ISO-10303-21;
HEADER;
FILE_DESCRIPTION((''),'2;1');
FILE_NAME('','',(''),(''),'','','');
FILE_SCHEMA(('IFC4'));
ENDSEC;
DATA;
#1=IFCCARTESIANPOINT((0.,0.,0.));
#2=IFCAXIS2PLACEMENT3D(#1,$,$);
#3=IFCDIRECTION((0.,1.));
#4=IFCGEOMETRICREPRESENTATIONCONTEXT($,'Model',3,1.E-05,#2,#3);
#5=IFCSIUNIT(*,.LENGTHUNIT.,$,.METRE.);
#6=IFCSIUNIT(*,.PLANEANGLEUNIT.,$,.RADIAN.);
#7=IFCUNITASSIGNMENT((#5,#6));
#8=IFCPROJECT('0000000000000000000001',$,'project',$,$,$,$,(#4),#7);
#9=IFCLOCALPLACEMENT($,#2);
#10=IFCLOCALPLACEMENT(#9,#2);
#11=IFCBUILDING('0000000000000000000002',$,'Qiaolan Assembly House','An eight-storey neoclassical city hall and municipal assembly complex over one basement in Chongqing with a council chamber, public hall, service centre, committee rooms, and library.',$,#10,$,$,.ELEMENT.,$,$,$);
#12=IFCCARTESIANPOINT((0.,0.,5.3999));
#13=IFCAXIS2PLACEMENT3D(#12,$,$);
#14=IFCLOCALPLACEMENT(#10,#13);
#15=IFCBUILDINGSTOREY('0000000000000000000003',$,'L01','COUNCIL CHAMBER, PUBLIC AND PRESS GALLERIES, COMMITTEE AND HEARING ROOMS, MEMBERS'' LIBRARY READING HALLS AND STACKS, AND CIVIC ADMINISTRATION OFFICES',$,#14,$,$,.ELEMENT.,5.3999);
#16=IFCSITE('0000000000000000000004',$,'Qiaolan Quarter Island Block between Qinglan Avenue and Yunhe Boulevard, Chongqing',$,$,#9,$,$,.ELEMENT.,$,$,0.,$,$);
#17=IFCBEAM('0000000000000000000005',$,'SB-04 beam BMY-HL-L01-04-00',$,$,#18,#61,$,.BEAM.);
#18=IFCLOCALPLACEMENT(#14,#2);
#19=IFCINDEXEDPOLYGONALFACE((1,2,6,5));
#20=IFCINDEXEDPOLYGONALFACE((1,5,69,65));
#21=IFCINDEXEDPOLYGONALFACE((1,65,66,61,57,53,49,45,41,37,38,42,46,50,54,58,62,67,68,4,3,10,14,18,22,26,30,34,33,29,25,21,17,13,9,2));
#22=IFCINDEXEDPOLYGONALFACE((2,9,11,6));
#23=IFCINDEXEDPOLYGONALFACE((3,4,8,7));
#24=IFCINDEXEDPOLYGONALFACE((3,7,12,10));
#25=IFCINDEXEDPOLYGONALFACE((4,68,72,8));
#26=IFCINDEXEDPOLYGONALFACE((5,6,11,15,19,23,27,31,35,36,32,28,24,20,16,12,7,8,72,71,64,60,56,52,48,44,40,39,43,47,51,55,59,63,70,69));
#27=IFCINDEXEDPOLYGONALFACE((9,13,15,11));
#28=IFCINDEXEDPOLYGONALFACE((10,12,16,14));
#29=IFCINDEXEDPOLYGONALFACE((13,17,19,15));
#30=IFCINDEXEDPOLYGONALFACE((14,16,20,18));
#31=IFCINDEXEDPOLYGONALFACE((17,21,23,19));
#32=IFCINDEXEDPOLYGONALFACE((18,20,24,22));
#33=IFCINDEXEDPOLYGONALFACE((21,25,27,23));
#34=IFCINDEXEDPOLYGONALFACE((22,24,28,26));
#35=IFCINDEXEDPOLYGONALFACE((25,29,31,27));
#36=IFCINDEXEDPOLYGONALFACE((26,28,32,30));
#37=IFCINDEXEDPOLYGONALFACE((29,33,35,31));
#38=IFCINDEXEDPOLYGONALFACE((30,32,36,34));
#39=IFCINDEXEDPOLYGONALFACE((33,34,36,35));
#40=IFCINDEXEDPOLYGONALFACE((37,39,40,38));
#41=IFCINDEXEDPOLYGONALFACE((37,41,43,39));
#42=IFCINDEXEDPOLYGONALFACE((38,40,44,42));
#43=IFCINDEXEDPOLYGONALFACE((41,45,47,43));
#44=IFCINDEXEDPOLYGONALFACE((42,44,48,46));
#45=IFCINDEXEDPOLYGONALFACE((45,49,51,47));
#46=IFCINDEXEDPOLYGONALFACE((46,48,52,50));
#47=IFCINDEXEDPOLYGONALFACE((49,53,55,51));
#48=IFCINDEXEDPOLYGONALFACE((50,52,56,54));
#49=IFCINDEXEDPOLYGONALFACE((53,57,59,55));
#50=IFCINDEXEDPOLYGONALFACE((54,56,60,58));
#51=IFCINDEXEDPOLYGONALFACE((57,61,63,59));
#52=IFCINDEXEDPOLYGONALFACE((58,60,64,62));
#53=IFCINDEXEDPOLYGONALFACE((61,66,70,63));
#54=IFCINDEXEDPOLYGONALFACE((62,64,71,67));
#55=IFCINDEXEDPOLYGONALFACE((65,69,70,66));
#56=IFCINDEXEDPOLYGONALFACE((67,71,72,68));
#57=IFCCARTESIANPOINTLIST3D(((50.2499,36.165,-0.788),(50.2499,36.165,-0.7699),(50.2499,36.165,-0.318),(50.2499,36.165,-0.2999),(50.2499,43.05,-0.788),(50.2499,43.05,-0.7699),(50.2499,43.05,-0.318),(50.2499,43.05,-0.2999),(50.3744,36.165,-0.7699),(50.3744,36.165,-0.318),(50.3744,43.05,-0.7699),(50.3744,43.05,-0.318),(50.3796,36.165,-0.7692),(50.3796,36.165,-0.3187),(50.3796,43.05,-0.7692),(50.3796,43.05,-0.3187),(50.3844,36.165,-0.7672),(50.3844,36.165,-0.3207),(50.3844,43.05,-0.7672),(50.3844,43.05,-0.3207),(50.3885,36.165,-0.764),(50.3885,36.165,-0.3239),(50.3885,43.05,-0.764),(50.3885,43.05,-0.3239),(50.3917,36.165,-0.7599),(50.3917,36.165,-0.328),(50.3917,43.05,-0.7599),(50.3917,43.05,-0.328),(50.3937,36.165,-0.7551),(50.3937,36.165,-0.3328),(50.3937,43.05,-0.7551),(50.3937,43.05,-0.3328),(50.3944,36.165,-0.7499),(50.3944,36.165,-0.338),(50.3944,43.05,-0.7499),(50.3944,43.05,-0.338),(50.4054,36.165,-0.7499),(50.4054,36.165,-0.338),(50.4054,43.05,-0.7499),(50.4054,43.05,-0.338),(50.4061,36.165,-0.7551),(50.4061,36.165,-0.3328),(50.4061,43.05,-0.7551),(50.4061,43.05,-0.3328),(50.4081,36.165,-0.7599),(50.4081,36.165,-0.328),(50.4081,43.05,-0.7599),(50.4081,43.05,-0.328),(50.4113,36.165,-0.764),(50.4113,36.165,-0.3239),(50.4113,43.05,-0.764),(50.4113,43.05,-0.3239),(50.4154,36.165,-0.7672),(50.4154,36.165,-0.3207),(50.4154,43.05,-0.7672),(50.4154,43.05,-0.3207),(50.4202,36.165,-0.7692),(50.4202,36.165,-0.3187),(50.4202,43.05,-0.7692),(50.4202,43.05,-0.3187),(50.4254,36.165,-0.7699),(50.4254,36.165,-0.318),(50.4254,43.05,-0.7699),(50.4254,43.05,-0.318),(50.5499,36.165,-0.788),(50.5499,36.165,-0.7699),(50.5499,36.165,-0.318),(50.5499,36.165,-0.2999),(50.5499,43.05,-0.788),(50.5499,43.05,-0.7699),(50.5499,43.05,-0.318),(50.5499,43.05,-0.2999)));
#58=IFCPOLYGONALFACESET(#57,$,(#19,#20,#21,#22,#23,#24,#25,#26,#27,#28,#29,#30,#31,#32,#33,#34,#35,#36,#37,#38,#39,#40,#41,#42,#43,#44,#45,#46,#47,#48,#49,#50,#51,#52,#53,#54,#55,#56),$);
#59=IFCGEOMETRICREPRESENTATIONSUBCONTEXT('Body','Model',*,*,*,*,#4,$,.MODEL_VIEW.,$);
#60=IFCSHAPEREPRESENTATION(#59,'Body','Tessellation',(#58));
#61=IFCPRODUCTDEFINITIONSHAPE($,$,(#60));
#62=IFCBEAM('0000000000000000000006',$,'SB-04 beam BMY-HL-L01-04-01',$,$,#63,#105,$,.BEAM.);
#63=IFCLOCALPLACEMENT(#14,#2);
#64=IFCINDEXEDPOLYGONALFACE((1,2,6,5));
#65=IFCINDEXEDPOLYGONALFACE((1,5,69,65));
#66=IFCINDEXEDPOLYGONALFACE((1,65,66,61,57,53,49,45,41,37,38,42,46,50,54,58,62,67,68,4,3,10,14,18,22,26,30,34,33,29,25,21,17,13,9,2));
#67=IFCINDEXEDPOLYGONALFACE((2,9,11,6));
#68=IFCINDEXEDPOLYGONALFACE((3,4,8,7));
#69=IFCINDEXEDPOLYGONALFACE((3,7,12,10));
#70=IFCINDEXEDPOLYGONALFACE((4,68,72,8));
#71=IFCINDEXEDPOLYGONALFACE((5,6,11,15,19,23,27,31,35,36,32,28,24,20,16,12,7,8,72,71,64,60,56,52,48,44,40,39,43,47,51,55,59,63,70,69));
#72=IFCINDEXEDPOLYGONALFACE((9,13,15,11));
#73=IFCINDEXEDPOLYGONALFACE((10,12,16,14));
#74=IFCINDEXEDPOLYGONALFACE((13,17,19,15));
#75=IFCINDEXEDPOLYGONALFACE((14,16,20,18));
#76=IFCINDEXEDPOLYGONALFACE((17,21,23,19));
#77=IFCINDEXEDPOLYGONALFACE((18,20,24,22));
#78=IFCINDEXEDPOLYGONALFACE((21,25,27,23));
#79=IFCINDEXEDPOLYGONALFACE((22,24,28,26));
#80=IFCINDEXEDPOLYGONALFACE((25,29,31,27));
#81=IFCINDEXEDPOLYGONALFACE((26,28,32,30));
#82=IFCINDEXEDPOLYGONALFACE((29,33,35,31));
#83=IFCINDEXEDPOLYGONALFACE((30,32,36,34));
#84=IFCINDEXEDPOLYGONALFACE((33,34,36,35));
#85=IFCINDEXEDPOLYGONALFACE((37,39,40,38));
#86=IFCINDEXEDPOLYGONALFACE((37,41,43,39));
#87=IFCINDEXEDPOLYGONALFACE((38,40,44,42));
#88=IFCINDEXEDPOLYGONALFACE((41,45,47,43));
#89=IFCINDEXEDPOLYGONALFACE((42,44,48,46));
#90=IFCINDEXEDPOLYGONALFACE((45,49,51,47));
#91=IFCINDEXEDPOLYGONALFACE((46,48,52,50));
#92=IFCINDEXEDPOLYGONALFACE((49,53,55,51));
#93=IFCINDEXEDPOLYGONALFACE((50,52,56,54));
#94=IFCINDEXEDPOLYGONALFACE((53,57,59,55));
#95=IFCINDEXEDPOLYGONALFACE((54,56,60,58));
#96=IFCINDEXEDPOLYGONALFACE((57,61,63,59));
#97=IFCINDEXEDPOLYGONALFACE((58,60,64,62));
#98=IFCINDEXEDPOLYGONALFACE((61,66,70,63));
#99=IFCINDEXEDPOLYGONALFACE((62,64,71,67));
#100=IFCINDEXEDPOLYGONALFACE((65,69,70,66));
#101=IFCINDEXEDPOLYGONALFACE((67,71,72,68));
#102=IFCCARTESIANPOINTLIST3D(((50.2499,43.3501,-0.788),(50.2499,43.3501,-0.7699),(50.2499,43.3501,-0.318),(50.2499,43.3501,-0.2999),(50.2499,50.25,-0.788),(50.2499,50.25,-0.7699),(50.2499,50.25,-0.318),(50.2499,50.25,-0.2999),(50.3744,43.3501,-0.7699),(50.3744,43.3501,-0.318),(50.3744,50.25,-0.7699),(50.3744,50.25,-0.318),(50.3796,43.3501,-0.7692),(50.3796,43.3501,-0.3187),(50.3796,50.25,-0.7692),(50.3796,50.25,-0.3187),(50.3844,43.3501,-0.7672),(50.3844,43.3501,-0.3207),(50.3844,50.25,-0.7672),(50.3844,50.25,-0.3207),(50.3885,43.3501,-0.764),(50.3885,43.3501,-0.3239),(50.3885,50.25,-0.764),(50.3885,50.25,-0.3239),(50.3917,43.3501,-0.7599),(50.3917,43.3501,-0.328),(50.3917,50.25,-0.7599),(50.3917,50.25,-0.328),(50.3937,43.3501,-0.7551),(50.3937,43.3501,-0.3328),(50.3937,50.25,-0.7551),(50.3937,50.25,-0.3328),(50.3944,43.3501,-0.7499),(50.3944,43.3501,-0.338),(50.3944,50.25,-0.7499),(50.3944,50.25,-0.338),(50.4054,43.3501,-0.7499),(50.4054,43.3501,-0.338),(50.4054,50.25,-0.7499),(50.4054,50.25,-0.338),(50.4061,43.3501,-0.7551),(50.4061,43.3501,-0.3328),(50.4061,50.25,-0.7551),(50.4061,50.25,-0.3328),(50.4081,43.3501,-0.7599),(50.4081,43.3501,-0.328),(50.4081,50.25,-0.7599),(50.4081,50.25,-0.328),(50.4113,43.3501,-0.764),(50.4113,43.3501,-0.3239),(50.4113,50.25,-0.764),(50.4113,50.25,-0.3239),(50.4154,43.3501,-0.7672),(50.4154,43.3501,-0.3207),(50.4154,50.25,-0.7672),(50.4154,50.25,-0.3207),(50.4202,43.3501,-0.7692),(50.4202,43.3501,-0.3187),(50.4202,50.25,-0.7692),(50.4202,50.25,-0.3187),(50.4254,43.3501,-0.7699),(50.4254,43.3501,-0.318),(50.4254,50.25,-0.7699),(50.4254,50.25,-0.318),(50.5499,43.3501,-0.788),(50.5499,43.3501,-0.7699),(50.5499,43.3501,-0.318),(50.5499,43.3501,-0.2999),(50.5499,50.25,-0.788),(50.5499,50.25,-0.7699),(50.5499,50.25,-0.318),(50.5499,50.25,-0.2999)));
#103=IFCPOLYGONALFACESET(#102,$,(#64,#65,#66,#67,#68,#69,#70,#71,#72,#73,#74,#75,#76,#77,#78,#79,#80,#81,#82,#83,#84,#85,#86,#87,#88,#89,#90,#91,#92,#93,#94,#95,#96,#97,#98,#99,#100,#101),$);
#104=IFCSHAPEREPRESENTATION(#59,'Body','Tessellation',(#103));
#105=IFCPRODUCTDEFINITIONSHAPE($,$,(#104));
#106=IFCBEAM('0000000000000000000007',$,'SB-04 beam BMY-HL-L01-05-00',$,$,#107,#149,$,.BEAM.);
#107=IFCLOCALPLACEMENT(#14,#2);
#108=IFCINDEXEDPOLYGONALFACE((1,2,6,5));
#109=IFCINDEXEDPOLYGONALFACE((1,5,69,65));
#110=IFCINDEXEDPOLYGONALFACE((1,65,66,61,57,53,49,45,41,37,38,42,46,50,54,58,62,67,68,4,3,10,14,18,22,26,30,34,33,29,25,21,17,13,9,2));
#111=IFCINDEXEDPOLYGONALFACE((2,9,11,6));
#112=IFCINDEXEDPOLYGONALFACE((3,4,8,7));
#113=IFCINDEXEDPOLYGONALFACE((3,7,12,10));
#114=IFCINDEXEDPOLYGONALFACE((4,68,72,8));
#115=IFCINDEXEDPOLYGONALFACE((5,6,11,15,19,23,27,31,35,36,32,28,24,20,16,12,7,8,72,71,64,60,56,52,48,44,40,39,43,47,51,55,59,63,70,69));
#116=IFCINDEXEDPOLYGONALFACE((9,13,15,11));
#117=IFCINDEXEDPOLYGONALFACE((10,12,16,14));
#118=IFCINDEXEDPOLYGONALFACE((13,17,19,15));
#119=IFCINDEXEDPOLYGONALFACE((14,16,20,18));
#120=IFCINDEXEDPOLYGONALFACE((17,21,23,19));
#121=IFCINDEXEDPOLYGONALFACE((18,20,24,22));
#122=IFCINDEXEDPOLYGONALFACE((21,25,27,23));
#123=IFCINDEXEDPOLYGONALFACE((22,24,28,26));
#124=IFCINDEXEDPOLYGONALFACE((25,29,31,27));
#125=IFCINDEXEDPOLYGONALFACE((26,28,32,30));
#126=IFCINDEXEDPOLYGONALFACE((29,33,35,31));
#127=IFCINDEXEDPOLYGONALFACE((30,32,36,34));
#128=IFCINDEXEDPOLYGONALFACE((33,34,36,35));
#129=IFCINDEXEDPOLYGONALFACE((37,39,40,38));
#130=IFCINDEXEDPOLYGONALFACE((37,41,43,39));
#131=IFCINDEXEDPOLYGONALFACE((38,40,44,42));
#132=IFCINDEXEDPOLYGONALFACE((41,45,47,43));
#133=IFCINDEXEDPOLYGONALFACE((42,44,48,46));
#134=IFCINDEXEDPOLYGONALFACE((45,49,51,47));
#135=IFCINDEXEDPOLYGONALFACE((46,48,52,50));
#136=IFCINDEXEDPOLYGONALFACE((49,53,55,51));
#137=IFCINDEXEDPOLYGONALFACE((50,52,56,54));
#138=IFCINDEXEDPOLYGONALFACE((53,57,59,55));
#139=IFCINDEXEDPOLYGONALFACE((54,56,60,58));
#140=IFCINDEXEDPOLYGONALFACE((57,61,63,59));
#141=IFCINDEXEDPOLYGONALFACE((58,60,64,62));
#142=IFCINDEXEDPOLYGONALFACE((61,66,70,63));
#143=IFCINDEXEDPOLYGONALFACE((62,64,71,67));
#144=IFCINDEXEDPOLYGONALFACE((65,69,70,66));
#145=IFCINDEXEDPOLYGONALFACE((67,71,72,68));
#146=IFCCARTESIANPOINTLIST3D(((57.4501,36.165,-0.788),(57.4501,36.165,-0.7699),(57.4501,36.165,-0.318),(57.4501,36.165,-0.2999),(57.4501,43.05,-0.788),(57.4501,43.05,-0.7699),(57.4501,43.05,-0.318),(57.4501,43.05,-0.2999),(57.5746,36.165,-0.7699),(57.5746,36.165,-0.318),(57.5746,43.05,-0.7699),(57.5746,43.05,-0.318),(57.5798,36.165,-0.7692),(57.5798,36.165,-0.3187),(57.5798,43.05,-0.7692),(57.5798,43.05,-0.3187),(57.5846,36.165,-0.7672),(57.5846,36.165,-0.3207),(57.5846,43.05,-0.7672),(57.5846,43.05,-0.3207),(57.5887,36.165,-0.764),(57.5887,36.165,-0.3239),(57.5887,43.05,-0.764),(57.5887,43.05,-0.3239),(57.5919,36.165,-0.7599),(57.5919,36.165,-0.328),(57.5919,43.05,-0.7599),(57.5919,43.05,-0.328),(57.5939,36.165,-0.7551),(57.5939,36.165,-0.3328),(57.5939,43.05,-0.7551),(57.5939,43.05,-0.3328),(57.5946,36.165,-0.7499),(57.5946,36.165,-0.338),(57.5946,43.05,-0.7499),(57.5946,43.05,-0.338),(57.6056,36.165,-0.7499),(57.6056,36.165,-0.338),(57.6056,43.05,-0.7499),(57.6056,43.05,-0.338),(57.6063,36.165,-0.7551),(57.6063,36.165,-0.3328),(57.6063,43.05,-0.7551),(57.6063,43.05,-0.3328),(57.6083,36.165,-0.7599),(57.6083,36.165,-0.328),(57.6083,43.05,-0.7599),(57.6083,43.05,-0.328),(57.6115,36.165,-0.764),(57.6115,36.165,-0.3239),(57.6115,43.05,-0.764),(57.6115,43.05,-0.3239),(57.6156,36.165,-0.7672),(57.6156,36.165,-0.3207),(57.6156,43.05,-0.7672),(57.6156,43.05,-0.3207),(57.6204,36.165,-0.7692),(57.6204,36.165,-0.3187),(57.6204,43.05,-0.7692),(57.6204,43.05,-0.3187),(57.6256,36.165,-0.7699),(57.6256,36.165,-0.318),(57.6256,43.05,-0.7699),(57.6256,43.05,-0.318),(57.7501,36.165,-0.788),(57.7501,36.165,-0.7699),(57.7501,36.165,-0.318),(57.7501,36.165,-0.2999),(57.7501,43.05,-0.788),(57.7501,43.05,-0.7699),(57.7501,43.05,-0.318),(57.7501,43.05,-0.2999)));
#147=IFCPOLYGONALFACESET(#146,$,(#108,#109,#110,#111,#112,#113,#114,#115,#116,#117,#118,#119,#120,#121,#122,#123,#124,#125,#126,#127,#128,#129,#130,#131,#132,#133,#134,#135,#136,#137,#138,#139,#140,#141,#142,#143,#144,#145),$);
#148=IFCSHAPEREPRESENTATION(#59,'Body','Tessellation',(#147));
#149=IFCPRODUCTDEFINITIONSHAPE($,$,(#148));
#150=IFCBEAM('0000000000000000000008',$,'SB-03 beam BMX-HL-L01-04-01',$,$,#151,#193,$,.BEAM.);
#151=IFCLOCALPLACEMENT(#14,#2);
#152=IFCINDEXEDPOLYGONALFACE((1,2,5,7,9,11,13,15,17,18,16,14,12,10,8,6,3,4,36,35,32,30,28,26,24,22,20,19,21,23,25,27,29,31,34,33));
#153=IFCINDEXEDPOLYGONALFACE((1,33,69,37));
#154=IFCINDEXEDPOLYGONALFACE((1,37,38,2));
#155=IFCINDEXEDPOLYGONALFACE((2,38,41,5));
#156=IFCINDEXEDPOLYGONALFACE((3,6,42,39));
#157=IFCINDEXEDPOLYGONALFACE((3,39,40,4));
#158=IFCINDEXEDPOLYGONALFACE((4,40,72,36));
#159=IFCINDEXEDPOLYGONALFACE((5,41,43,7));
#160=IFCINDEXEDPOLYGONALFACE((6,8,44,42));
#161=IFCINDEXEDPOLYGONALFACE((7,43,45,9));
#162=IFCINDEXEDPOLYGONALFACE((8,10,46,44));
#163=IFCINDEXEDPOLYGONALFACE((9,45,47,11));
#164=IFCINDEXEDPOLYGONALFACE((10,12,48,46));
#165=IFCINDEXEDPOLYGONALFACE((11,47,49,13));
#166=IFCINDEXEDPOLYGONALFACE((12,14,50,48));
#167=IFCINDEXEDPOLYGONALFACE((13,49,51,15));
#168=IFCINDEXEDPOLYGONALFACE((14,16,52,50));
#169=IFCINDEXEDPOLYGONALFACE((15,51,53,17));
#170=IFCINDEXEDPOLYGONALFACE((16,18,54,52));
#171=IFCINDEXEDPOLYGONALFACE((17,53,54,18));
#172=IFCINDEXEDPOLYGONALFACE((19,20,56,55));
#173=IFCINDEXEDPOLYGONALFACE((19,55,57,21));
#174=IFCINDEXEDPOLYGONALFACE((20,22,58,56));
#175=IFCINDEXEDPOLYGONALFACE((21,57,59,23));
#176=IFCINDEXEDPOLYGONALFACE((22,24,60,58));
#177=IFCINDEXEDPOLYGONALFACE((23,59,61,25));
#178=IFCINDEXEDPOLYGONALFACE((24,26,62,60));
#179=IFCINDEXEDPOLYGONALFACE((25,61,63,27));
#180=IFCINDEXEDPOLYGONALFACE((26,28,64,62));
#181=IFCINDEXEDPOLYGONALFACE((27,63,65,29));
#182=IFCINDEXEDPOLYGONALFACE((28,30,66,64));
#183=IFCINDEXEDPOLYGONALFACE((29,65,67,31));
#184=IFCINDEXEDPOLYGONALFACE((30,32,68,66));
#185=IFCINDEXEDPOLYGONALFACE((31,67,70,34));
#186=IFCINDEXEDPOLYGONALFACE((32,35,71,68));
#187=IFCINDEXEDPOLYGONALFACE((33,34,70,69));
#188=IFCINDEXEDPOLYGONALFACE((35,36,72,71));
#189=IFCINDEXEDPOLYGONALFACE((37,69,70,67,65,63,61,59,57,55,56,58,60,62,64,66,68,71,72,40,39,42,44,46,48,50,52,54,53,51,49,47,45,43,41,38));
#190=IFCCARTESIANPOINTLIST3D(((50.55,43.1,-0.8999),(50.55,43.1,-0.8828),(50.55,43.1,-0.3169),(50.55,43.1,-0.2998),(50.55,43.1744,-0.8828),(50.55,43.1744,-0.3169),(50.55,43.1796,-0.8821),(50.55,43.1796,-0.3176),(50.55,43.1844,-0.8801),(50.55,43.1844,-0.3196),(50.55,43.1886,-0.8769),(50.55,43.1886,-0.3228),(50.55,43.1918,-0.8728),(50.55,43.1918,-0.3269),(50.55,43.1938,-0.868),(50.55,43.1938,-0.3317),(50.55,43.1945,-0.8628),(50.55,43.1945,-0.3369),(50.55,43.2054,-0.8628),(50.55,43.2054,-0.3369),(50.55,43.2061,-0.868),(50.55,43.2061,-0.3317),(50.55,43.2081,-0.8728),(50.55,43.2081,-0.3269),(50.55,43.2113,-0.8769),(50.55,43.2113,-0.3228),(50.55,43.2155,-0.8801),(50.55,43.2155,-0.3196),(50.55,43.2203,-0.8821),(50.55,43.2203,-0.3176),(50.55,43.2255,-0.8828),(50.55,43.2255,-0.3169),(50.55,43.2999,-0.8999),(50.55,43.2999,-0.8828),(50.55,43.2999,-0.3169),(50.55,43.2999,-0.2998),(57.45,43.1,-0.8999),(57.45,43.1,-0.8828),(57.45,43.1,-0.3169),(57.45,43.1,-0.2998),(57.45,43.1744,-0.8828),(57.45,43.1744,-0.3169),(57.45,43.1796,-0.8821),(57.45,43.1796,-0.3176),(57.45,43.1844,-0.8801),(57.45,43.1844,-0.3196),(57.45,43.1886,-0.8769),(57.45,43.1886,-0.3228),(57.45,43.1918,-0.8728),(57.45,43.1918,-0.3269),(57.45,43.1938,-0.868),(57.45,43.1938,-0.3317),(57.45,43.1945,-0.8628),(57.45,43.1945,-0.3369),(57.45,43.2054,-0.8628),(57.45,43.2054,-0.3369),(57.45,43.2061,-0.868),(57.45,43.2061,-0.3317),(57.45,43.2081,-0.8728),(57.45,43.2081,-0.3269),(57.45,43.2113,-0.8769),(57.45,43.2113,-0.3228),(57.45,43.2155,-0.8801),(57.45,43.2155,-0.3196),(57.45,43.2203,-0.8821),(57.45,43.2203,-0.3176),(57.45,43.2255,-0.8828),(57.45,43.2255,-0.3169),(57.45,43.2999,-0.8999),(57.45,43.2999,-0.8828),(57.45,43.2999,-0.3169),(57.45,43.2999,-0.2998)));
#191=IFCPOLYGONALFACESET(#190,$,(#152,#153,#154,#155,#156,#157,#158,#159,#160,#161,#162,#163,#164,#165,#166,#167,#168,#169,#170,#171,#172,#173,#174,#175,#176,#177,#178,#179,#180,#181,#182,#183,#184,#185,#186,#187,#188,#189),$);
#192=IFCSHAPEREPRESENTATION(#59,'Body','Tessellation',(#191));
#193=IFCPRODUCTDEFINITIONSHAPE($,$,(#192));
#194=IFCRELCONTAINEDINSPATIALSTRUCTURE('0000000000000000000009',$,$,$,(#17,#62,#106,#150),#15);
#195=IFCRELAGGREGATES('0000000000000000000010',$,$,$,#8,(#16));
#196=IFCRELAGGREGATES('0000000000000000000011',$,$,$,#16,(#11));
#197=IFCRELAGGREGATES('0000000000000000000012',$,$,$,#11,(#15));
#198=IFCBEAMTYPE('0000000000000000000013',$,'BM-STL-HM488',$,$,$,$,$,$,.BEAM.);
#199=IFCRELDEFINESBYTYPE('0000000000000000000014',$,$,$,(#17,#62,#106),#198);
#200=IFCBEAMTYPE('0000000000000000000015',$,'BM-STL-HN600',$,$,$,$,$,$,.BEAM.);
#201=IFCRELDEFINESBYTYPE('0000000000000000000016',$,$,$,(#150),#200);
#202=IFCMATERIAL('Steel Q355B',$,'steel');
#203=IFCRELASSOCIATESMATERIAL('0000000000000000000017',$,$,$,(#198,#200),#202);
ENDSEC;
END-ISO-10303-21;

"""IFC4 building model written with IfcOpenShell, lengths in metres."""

from ifc_helpers import new_model, si_unit, direction, frame, origin, origin_2d, place, context, subcontext, project, spatial, i_section, extrude, material, material_profile, profile_set, type_object, element, save


model = new_model("IFC4")

# Units and contexts
model_context = context("Model", 3, precision=1e-05, world=origin(), true_north=direction((0.0, 1.0)))
body_context = subcontext(model_context, "Body", "Model", "MODEL_VIEW")
ifc_project = project(units=[si_unit("LENGTHUNIT", "METRE"), si_unit("PLANEANGLEUNIT", "RADIAN")], contexts=[model_context])

# Site, building, storey
site_placement = place(None, origin())
site = spatial("IfcSite", under=ifc_project, at=site_placement, Name="Qiaolan Quarter Island Block between Qinglan Avenue and Yunhe Boulevard, Chongqing", CompositionType="ELEMENT", RefElevation=0.0)
building_placement = place(site_placement, origin())
building = spatial("IfcBuilding", under=site, at=building_placement, Name="Qiaolan Assembly House", Description="An eight-storey neoclassical city hall and municipal assembly complex over one basement in Chongqing with a council chamber, public hall, service centre, committee rooms, and library.", CompositionType="ELEMENT")
storey_placement = place(building_placement, frame((0.0, 0.0, 5.3999)))
storey = spatial("IfcBuildingStorey", under=building, at=storey_placement, Name="L01", Description="COUNCIL CHAMBER, PUBLIC AND PRESS GALLERIES, COMMITTEE AND HEARING ROOMS, MEMBERS' LIBRARY READING HALLS AND STACKS, AND CIVIC ADMINISTRATION OFFICES", CompositionType="ELEMENT", Elevation=5.3999)

# Shared definitions
ifc_material_1 = material(Name="Steel Q355B", Category="steel")

# Beams
ifc_material_profile_1 = material_profile(ifc_material_1, i_section(OverallWidth=0.3, OverallDepth=0.488, WebThickness=0.011, FlangeThickness=0.0181, FilletRadius=0.02, at=origin_2d()), Name="HM 488x300x11x18")
ifc_profile_set_1 = profile_set([ifc_material_profile_1], Name="Steel Q355B")
beam_type_1 = type_object("IfcBeamType", Name="BM-STL-HM488", PredefinedType="BEAM", material=ifc_profile_set_1)
beam_1_placement = place(storey_placement, frame((50.3999, 36.165, -0.5439), z_axis=(0.0, 1.0, 0.0), x_axis=(-1.0, 0.0, 0.0)))
element("IfcBeam", 1, at=beam_1_placement, inside=storey, type_object=beam_type_1, Name="SB-04 beam BMY-HL-L01-04-00", PredefinedType="BEAM", context=body_context, shape_type="SweptSolid", body=[
    extrude(i_section(OverallWidth=0.3, OverallDepth=0.488, WebThickness=0.011, FlangeThickness=0.0181, FilletRadius=0.02, at=origin_2d()), origin(), (0.0, 0.0, 1.0), 6.885),
])
beam_2_placement = place(storey_placement, frame((50.3999, 43.3501, -0.5439), z_axis=(0.0, 1.0, 0.0), x_axis=(-1.0, 0.0, 0.0)))
element("IfcBeam", 2, at=beam_2_placement, inside=storey, type_object=beam_type_1, Name="SB-04 beam BMY-HL-L01-04-01", PredefinedType="BEAM", context=body_context, shape_type="SweptSolid", body=[
    extrude(i_section(OverallWidth=0.3, OverallDepth=0.488, WebThickness=0.011, FlangeThickness=0.0181, FilletRadius=0.02, at=origin_2d()), origin(), (0.0, 0.0, 1.0), 6.8999),
])
beam_3_placement = place(storey_placement, frame((57.6001, 36.165, -0.5439), z_axis=(0.0, 1.0, 0.0), x_axis=(-1.0, 0.0, 0.0)))
element("IfcBeam", 3, at=beam_3_placement, inside=storey, type_object=beam_type_1, Name="SB-04 beam BMY-HL-L01-05-00", PredefinedType="BEAM", context=body_context, shape_type="SweptSolid", body=[
    extrude(i_section(OverallWidth=0.3, OverallDepth=0.488, WebThickness=0.011, FlangeThickness=0.0181, FilletRadius=0.02, at=origin_2d()), origin(), (0.0, 0.0, 1.0), 6.885),
])
ifc_material_profile_2 = material_profile(ifc_material_1, i_section(OverallWidth=0.2, OverallDepth=0.6001, WebThickness=0.011, FlangeThickness=0.0171, FilletRadius=0.02, at=origin_2d()), Name="HN 600x200x11x17")
ifc_profile_set_2 = profile_set([ifc_material_profile_2], Name="Steel Q355B")
beam_type_2 = type_object("IfcBeamType", Name="BM-STL-HN600", PredefinedType="BEAM", material=ifc_profile_set_2)
for number, where, z_axis, x_axis, name in (
    (4, (50.55, 43.2, -0.5999), (1.0, 0.0, 0.0), (0.0, 1.0, 0.0), "SB-03 beam BMX-HL-L01-04-01"),
):
    element("IfcBeam", number, at=place(storey_placement, frame(where, z_axis=z_axis, x_axis=x_axis)), inside=storey, type_object=beam_type_2, Name=name, PredefinedType="BEAM", context=body_context, shape_type="SweptSolid", body=[
        extrude(i_section(OverallWidth=0.2, OverallDepth=0.6001, WebThickness=0.011, FlangeThickness=0.0171, FilletRadius=0.02, at=origin_2d()), origin(), (0.0, 0.0, 1.0), 6.8999),
    ])

save(model, "model.ifc")
